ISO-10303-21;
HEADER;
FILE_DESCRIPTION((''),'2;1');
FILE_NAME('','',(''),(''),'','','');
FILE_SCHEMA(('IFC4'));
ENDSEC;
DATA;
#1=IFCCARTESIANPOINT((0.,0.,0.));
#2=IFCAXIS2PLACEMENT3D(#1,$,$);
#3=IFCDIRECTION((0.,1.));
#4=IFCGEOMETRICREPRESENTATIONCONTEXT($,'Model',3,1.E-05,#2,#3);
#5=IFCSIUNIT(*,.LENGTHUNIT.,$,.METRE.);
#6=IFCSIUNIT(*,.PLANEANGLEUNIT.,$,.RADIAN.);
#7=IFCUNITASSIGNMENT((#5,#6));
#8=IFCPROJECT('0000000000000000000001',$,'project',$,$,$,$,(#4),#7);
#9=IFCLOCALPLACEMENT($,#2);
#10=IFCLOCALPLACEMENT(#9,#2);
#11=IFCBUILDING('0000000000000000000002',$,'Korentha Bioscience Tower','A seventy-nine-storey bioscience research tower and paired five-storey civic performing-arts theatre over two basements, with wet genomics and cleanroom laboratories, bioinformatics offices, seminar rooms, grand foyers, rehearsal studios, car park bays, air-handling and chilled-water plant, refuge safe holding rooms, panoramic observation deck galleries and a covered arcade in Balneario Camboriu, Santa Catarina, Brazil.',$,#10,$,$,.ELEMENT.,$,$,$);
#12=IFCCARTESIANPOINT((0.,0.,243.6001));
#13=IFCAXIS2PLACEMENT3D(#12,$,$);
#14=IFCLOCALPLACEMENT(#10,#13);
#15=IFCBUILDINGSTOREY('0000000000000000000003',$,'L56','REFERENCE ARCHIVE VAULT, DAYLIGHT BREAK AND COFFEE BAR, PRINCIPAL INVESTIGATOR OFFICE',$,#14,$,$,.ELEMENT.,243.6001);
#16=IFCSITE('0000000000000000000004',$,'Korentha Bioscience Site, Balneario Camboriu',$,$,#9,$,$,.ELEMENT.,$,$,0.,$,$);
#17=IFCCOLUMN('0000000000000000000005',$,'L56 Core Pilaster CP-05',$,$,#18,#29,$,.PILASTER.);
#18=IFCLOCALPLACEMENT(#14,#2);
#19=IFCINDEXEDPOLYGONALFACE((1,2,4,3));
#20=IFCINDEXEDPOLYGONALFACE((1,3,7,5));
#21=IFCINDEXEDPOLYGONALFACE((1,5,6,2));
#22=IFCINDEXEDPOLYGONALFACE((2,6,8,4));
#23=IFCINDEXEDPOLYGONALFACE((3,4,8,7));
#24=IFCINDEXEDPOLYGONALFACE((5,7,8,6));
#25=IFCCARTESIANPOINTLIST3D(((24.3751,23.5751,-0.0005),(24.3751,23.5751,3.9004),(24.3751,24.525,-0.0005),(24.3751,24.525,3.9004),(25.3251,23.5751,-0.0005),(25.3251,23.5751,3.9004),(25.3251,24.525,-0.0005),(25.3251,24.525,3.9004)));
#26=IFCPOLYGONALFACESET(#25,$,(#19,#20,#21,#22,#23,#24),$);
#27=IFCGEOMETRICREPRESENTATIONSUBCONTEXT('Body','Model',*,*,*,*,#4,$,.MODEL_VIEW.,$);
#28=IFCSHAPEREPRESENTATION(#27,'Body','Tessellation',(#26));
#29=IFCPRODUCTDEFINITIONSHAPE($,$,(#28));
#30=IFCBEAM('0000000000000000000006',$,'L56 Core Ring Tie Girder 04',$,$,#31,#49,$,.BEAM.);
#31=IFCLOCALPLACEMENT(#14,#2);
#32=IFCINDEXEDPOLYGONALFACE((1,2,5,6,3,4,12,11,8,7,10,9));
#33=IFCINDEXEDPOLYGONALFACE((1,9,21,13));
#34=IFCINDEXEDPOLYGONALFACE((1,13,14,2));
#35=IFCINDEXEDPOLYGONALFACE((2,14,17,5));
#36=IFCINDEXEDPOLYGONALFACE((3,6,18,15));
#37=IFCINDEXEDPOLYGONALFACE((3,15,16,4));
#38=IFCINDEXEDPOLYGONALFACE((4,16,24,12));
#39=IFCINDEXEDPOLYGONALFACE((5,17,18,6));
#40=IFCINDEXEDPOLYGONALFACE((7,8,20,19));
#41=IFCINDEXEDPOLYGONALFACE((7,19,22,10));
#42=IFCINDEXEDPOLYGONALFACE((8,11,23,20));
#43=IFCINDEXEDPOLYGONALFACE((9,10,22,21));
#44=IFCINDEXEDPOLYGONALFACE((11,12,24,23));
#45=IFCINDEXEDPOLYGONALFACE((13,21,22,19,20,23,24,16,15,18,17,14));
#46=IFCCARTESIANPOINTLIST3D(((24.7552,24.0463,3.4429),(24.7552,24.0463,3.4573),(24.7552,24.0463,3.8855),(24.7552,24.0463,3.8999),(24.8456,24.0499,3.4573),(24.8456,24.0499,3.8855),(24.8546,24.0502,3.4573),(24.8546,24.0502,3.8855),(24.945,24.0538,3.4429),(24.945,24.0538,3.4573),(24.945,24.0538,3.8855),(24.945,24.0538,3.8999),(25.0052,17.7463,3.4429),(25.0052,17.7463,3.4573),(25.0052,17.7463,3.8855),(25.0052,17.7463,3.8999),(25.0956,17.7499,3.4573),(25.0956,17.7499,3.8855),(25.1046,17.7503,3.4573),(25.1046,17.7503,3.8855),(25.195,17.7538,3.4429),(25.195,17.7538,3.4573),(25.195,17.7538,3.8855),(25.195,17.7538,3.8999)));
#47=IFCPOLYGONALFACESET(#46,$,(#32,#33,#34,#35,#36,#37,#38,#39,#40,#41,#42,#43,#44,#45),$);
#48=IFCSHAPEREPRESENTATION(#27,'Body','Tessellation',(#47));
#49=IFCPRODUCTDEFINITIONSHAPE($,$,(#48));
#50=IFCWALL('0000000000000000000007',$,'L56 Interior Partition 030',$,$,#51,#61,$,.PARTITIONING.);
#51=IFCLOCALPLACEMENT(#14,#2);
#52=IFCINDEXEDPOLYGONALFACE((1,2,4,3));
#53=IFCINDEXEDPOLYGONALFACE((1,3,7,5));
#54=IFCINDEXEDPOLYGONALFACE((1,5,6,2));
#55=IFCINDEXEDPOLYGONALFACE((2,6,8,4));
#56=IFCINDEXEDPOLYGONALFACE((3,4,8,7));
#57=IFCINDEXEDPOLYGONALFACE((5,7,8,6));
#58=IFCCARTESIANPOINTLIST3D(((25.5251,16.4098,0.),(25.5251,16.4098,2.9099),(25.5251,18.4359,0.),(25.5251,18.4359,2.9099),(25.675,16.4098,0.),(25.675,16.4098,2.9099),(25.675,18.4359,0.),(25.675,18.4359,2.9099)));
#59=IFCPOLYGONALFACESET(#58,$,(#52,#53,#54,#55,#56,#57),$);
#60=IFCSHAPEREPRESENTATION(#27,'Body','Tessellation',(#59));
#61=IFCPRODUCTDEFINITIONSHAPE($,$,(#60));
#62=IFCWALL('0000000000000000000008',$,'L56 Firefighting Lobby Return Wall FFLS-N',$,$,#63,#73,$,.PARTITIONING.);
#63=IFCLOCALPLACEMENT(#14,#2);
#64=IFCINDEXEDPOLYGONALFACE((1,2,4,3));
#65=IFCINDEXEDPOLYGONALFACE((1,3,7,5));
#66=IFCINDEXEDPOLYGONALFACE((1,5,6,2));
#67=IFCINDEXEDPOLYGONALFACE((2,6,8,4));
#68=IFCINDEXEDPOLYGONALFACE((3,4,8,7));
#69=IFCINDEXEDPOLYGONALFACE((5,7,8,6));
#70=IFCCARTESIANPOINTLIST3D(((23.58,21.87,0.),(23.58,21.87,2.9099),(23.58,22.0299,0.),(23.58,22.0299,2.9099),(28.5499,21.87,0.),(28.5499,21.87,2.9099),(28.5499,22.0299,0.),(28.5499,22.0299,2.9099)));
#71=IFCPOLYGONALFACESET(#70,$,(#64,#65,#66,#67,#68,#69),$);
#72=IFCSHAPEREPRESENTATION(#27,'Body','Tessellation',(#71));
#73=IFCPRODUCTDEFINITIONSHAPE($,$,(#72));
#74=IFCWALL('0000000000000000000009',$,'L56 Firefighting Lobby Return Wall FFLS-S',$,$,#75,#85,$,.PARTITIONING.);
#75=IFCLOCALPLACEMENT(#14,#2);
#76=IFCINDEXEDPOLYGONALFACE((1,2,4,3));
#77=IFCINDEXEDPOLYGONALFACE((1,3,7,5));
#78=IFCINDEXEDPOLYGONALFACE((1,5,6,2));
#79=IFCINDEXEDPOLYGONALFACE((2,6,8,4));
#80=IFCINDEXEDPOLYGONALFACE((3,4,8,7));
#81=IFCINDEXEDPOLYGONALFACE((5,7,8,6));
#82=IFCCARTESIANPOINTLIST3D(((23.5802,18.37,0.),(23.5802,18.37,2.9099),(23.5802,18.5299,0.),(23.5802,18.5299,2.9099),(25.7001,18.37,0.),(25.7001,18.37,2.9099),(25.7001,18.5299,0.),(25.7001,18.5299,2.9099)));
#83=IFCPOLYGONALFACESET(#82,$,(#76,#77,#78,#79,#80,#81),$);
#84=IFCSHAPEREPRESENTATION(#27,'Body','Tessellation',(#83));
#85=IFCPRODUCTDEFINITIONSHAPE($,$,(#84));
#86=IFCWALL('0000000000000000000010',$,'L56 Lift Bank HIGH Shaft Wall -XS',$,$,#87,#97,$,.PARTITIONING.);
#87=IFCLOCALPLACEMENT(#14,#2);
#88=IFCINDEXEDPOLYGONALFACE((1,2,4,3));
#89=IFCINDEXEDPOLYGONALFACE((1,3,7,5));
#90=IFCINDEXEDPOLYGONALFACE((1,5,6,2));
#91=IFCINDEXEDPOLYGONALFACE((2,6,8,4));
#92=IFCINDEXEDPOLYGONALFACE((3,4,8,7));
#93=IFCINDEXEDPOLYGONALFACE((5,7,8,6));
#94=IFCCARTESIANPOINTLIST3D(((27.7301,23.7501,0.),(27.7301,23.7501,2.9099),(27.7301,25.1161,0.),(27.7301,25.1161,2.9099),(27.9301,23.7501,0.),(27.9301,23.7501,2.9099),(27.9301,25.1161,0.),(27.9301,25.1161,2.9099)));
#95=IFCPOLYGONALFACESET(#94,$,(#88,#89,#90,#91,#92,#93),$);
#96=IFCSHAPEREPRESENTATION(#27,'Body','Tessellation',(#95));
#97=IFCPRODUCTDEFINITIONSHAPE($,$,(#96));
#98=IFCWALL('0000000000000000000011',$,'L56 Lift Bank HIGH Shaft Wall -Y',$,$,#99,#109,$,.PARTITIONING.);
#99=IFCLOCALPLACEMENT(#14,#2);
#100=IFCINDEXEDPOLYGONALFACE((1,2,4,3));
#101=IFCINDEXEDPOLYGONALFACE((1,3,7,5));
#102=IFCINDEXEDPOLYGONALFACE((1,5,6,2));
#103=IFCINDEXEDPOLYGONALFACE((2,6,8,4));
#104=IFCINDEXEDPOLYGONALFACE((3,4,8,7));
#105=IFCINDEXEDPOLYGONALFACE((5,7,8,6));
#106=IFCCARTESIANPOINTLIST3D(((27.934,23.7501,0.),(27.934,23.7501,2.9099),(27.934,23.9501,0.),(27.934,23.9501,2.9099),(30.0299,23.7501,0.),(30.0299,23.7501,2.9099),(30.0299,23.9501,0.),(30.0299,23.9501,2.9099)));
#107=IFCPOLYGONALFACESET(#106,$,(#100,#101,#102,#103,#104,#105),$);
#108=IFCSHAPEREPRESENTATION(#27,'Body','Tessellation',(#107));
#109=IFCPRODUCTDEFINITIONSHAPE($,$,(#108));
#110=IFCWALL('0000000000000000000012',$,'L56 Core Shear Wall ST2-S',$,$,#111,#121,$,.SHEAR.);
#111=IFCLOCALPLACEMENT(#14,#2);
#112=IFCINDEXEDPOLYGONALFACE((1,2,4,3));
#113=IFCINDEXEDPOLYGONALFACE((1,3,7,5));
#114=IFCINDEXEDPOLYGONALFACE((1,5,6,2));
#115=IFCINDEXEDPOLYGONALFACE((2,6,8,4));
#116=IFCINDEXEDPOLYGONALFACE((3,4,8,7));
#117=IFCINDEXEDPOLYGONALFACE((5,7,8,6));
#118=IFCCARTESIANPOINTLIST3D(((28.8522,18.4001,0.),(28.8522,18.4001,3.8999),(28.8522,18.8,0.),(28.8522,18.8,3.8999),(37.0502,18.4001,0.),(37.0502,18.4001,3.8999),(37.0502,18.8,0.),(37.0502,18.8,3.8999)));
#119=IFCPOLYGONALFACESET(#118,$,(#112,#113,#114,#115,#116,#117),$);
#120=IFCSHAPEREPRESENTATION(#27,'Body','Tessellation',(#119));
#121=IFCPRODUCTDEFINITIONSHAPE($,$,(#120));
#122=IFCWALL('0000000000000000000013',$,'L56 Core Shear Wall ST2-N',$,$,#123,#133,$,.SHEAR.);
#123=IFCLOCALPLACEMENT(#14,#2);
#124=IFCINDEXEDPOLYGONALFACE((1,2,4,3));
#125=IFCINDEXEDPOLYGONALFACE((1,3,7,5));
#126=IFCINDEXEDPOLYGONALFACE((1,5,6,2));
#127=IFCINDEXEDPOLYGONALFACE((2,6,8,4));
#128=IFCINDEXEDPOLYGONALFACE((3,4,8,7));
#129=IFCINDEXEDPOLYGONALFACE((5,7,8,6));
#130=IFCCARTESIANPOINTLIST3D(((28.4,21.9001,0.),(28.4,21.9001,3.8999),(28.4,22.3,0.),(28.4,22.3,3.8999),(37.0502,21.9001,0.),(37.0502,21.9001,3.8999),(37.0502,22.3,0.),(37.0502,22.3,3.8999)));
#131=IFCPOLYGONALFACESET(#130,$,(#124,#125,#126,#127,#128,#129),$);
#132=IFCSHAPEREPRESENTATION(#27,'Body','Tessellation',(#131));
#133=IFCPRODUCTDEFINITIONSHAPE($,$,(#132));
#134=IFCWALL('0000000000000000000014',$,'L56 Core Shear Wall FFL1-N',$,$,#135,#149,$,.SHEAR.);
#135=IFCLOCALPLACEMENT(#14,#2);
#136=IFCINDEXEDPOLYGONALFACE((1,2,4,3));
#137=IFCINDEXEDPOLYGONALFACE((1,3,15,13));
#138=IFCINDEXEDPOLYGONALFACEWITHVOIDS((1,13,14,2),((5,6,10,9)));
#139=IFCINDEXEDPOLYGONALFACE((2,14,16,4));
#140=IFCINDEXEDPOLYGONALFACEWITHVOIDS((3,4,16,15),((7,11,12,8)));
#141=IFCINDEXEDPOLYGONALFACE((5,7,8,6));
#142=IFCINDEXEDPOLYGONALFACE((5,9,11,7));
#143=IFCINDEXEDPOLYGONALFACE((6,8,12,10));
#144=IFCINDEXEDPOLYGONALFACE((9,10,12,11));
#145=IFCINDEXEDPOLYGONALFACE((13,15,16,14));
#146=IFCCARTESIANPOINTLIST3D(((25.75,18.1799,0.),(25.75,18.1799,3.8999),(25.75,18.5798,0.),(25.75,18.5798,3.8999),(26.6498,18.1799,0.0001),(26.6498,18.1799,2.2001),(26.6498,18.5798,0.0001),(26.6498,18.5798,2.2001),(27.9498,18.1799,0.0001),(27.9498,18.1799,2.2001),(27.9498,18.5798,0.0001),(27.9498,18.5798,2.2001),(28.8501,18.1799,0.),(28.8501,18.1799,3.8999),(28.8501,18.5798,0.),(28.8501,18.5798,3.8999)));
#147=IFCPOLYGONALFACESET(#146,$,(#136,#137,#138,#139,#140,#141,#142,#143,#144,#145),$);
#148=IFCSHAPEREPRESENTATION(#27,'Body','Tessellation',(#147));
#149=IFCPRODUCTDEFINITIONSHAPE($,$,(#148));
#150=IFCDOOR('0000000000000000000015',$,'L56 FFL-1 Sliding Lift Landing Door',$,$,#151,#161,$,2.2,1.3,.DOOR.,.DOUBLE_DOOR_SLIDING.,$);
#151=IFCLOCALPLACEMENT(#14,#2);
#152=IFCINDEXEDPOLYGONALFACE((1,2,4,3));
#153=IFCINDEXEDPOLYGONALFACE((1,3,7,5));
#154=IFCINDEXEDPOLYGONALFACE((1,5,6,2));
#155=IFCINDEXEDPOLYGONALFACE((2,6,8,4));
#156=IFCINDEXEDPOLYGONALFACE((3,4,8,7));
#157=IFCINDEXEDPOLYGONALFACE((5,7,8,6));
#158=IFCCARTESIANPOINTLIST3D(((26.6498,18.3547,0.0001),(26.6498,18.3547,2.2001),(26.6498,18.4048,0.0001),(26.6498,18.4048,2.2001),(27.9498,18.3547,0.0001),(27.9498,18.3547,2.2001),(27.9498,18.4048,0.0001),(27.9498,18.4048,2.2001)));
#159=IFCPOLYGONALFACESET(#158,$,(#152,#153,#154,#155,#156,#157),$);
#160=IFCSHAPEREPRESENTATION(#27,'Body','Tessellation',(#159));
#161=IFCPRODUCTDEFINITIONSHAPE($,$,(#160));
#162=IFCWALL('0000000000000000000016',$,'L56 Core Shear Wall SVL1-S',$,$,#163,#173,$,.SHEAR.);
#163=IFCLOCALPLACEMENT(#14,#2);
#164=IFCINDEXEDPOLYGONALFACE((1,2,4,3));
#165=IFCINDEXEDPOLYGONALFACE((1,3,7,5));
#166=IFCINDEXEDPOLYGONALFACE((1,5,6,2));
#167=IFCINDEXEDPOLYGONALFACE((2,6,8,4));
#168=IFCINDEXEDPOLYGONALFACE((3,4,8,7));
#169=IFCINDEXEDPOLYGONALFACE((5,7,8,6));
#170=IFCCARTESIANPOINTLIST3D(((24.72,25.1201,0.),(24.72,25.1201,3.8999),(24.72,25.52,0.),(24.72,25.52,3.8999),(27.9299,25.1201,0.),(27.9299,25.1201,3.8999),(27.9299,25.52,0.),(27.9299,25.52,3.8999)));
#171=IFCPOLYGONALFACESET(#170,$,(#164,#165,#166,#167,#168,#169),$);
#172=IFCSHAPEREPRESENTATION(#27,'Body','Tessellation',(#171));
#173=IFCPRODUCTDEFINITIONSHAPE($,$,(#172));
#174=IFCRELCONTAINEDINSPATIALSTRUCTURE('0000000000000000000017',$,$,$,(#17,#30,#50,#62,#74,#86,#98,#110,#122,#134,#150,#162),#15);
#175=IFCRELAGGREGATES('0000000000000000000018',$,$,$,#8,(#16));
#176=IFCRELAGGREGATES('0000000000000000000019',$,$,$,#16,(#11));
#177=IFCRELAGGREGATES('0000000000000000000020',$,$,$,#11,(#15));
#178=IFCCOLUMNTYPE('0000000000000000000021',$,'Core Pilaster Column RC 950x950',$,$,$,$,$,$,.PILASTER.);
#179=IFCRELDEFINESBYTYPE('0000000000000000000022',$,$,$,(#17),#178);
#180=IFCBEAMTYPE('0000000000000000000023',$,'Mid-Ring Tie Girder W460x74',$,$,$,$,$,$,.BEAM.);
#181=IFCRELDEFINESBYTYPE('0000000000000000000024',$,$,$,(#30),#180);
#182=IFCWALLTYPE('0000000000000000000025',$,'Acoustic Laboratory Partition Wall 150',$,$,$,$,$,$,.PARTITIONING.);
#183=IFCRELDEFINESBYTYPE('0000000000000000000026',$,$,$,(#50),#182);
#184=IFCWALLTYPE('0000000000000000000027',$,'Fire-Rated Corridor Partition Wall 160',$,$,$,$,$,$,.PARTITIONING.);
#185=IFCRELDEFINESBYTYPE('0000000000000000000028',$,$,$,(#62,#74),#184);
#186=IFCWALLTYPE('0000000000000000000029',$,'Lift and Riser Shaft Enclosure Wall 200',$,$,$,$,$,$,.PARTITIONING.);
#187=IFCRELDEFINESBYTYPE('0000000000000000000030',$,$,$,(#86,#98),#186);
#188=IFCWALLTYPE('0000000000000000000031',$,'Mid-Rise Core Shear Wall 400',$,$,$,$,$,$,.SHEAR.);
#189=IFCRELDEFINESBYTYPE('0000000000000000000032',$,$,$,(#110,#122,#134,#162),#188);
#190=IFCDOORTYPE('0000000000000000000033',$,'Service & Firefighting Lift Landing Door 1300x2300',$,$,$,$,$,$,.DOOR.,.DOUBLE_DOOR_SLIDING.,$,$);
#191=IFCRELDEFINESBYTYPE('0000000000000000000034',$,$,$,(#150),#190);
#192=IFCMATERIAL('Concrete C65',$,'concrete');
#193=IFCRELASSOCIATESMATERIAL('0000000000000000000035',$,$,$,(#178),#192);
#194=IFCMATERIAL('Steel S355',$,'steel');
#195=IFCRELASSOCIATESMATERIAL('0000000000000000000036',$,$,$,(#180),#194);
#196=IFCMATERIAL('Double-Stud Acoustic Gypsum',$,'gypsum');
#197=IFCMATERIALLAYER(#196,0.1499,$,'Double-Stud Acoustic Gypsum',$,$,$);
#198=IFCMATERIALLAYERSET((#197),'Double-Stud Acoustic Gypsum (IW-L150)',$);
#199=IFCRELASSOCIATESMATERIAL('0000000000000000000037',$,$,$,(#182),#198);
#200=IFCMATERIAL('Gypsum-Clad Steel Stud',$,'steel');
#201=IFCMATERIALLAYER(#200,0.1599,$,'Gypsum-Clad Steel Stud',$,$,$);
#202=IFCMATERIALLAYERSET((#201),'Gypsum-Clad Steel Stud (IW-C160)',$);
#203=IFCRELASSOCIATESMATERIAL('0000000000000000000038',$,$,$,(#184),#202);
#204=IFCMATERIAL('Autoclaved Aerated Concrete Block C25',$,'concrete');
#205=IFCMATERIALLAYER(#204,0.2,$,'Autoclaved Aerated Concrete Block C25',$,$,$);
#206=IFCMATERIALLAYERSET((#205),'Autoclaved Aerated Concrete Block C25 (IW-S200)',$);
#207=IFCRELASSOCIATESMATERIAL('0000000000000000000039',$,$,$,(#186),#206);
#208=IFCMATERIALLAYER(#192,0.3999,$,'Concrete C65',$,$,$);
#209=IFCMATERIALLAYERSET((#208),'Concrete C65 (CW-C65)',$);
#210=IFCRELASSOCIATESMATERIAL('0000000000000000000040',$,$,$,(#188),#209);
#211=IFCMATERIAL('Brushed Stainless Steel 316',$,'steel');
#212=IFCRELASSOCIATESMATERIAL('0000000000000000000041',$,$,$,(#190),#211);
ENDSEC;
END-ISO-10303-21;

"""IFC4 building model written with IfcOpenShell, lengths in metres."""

from ifc_helpers import new_model, si_unit, direction, frame, frame_2d, origin, origin_2d, place, context, subcontext, project, spatial, rectangle, i_section, extrude, material, layer, layer_set, material_profile, profile_set, type_object, element, fill, save


model = new_model("IFC4")

# Units and contexts
model_context = context("Model", 3, precision=1e-05, world=origin(), true_north=direction((0.0, 1.0)))
body_context = subcontext(model_context, "Body", "Model", "MODEL_VIEW")
ifc_project = project(units=[si_unit("LENGTHUNIT", "METRE"), si_unit("PLANEANGLEUNIT", "RADIAN")], contexts=[model_context])

# Site, building, storey
site_placement = place(None, origin())
site = spatial("IfcSite", under=ifc_project, at=site_placement, Name="Korentha Bioscience Site, Balneario Camboriu", CompositionType="ELEMENT", RefElevation=0.0)
building_placement = place(site_placement, origin())
building = spatial("IfcBuilding", under=site, at=building_placement, Name="Korentha Bioscience Tower", Description="A seventy-nine-storey bioscience research tower and paired five-storey civic performing-arts theatre over two basements, with wet genomics and cleanroom laboratories, bioinformatics offices, seminar rooms, grand foyers, rehearsal studios, car park bays, air-handling and chilled-water plant, refuge safe holding rooms, panoramic observation deck galleries and a covered arcade in Balneario Camboriu, Santa Catarina, Brazil.", CompositionType="ELEMENT")
storey_placement = place(building_placement, frame((0.0, 0.0, 243.6001)))
storey = spatial("IfcBuildingStorey", under=building, at=storey_placement, Name="L56", Description="REFERENCE ARCHIVE VAULT, DAYLIGHT BREAK AND COFFEE BAR, PRINCIPAL INVESTIGATOR OFFICE", CompositionType="ELEMENT", Elevation=243.6001)

# Column
ifc_material_1 = material(Name="Concrete C65", Category="concrete")
ifc_material_profile_1 = material_profile(ifc_material_1, rectangle(XDim=0.95, YDim=0.95, at=origin_2d()), Name="Concrete C65")
ifc_profile_set_1 = profile_set([ifc_material_profile_1], Name="Concrete C65 (COL-CP09)")
column_type = type_object("IfcColumnType", Name="Core Pilaster Column RC 950x950", PredefinedType="PILASTER", material=ifc_profile_set_1)
column_placement = place(storey_placement, frame((24.8501, 24.05, -0.0005), z_axis=(0.0, 0.0, 1.0), x_axis=(1.0, 0.0, 0.0)))
element("IfcColumn", 1, at=column_placement, inside=storey, type_object=column_type, Name="L56 Core Pilaster CP-05", PredefinedType="PILASTER", context=body_context, shape_type="SweptSolid", body=[
    extrude(rectangle(XDim=0.95, YDim=0.95, at=origin_2d()), origin(), (0.0, 0.0, 1.0), 3.9009),
])

# Beam
ifc_material_2 = material(Name="Steel S355", Category="steel")
ifc_material_profile_2 = material_profile(ifc_material_2, i_section(OverallWidth=0.1899, OverallDepth=0.457, WebThickness=0.009, FlangeThickness=0.0144, at=origin_2d()), Name="Steel S355")
ifc_profile_set_2 = profile_set([ifc_material_profile_2], Name="Steel S355 (MB-460)")
beam_type = type_object("IfcBeamType", Name="Mid-Ring Tie Girder W460x74", PredefinedType="BEAM", material=ifc_profile_set_2)
beam_placement = place(storey_placement, frame((24.8501, 24.05, 3.6714), z_axis=(0.039651, -0.999214, 0.0), x_axis=(0.999214, 0.039651, 0.0)))
element("IfcBeam", 2, at=beam_placement, inside=storey, type_object=beam_type, Name="L56 Core Ring Tie Girder 04", PredefinedType="BEAM", context=body_context, shape_type="SweptSolid", body=[
    extrude(i_section(OverallWidth=0.1899, OverallDepth=0.457, WebThickness=0.009, FlangeThickness=0.0144, at=origin_2d()), origin(), (0.0, 0.0, 1.0), 6.3049),
])

# Walls
ifc_material_3 = material(Name="Double-Stud Acoustic Gypsum", Category="gypsum")
ifc_layer_1 = layer(ifc_material_3, 0.1499, Name="Double-Stud Acoustic Gypsum")
ifc_layer_set_1 = layer_set([ifc_layer_1], Name="Double-Stud Acoustic Gypsum (IW-L150)")
wall_type_1 = type_object("IfcWallType", Name="Acoustic Laboratory Partition Wall 150", PredefinedType="PARTITIONING", material=ifc_layer_set_1)
wall_1_placement = place(storey_placement, frame((25.6001, 18.436, 0.0), z_axis=(0.0, 0.0, 1.0), x_axis=(0.0, -1.0, 0.0)))
element("IfcWall", 3, at=wall_1_placement, inside=storey, type_object=wall_type_1, Name="L56 Interior Partition 030", PredefinedType="PARTITIONING", context=body_context, shape_type="SweptSolid", body=[
    extrude(rectangle(XDim=2.0261, YDim=0.1499, at=frame_2d((1.0132, 0.0))), origin(), (0.0, 0.0, 1.0), 2.9099),
])
ifc_material_4 = material(Name="Gypsum-Clad Steel Stud", Category="steel")
ifc_layer_2 = layer(ifc_material_4, 0.1599, Name="Gypsum-Clad Steel Stud")
ifc_layer_set_2 = layer_set([ifc_layer_2], Name="Gypsum-Clad Steel Stud (IW-C160)")
wall_type_2 = type_object("IfcWallType", Name="Fire-Rated Corridor Partition Wall 160", PredefinedType="PARTITIONING", material=ifc_layer_set_2)
wall_2_placement = place(storey_placement, frame((23.5801, 21.95, 0.0), z_axis=(0.0, 0.0, 1.0), x_axis=(1.0, 0.0, 0.0)))
element("IfcWall", 4, at=wall_2_placement, inside=storey, type_object=wall_type_2, Name="L56 Firefighting Lobby Return Wall FFLS-N", PredefinedType="PARTITIONING", context=body_context, shape_type="SweptSolid", body=[
    extrude(rectangle(XDim=4.97, YDim=0.1599, at=frame_2d((2.4849, 0.0))), origin(), (0.0, 0.0, 1.0), 2.9099),
])
wall_3_placement = place(storey_placement, frame((23.5801, 18.45, 0.0), z_axis=(0.0, 0.0, 1.0), x_axis=(1.0, 0.0, 0.0)))
element("IfcWall", 5, at=wall_3_placement, inside=storey, type_object=wall_type_2, Name="L56 Firefighting Lobby Return Wall FFLS-S", PredefinedType="PARTITIONING", context=body_context, shape_type="SweptSolid", body=[
    extrude(rectangle(XDim=2.1199, YDim=0.1599, at=frame_2d((1.0601, 0.0))), origin(), (0.0, 0.0, 1.0), 2.9099),
])
ifc_material_5 = material(Name="Autoclaved Aerated Concrete Block C25", Category="concrete")
ifc_layer_3 = layer(ifc_material_5, 0.2, Name="Autoclaved Aerated Concrete Block C25")
ifc_layer_set_3 = layer_set([ifc_layer_3], Name="Autoclaved Aerated Concrete Block C25 (IW-S200)")
wall_type_3 = type_object("IfcWallType", Name="Lift and Riser Shaft Enclosure Wall 200", PredefinedType="PARTITIONING", material=ifc_layer_set_3)
wall_4_placement = place(storey_placement, frame((27.8301, 23.75, 0.0), z_axis=(0.0, 0.0, 1.0), x_axis=(0.0, 1.0, 0.0)))
element("IfcWall", 6, at=wall_4_placement, inside=storey, type_object=wall_type_3, Name="L56 Lift Bank HIGH Shaft Wall -XS", PredefinedType="PARTITIONING", context=body_context, shape_type="SweptSolid", body=[
    extrude(rectangle(XDim=1.366, YDim=0.2, at=frame_2d((0.6831, 0.0))), origin(), (0.0, 0.0, 1.0), 2.9099),
])
wall_5_placement = place(storey_placement, frame((27.9341, 23.8501, 0.0), z_axis=(0.0, 0.0, 1.0), x_axis=(1.0, 0.0, 0.0)))
element("IfcWall", 7, at=wall_5_placement, inside=storey, type_object=wall_type_3, Name="L56 Lift Bank HIGH Shaft Wall -Y", PredefinedType="PARTITIONING", context=body_context, shape_type="SweptSolid", body=[
    extrude(rectangle(XDim=2.0959, YDim=0.2, at=frame_2d((1.0479, 0.0))), origin(), (0.0, 0.0, 1.0), 2.9099),
])
ifc_layer_4 = layer(ifc_material_1, 0.3999, Name="Concrete C65")
ifc_layer_set_4 = layer_set([ifc_layer_4], Name="Concrete C65 (CW-C65)")
wall_type_4 = type_object("IfcWallType", Name="Mid-Rise Core Shear Wall 400", PredefinedType="SHEAR", material=ifc_layer_set_4)
wall_6_placement = place(storey_placement, frame((28.8521, 18.6001, 0.0), z_axis=(0.0, 0.0, 1.0), x_axis=(1.0, 0.0, 0.0)))
element("IfcWall", 8, at=wall_6_placement, inside=storey, type_object=wall_type_4, Name="L56 Core Shear Wall ST2-S", PredefinedType="SHEAR", context=body_context, shape_type="SweptSolid", body=[
    extrude(rectangle(XDim=8.198, YDim=0.3999, at=frame_2d((4.0991, 0.0))), origin(), (0.0, 0.0, 1.0), 3.8999),
])
wall_7_placement = place(storey_placement, frame((28.3999, 22.1001, 0.0), z_axis=(0.0, 0.0, 1.0), x_axis=(1.0, 0.0, 0.0)))
element("IfcWall", 9, at=wall_7_placement, inside=storey, type_object=wall_type_4, Name="L56 Core Shear Wall ST2-N", PredefinedType="SHEAR", context=body_context, shape_type="SweptSolid", body=[
    extrude(rectangle(XDim=8.6501, YDim=0.3999, at=frame_2d((4.3252, 0.0))), origin(), (0.0, 0.0, 1.0), 3.8999),
])

# Wall, opening, door
wall_8_placement = place(storey_placement, frame((25.75, 18.3799, 0.0), z_axis=(0.0, 0.0, 1.0), x_axis=(1.0, 0.0, 0.0)))
wall_8 = element("IfcWall", 10, at=wall_8_placement, inside=storey, type_object=wall_type_4, Name="L56 Core Shear Wall FFL1-N", PredefinedType="SHEAR", context=body_context, shape_type="SweptSolid", body=[
    extrude(rectangle(XDim=3.1001, YDim=0.3999, at=frame_2d((1.55, 0.0))), origin(), (0.0, 0.0, 1.0), 3.8999),
])
opening_1_placement = place(wall_8_placement, frame((0.8999, 0.0, 0.0)))
opening_1 = element("IfcOpeningElement", 11, at=opening_1_placement, cuts=wall_8, PredefinedType="OPENING", context=body_context, shape_type="SweptSolid", body=[
    extrude(rectangle(XDim=1.3, YDim=2.2, at=frame_2d((0.6499, 1.1001))), frame((0.0, 0.2148, 0.0), z_axis=(0.0, -1.0, 0.0), x_axis=(1.0, 0.0, 0.0)), (0.0, 0.0, 1.0), 0.4297),
])
ifc_material_6 = material(Name="Brushed Stainless Steel 316", Category="steel")
door_type_1 = type_object("IfcDoorType", Name="Service & Firefighting Lift Landing Door 1300x2300", OperationType="DOUBLE_DOOR_SLIDING", PredefinedType="DOOR", material=ifc_material_6)
door_1_placement = place(opening_1_placement, origin())
door_1 = element("IfcDoor", 12, at=door_1_placement, inside=storey, type_object=door_type_1, Name="L56 FFL-1 Sliding Lift Landing Door", OperationType="DOUBLE_DOOR_SLIDING", OverallHeight=2.2, OverallWidth=1.3, PredefinedType="DOOR", context=body_context, shape_type="SweptSolid", body=[
    extrude(rectangle(XDim=1.3, YDim=2.2, at=frame_2d((0.6499, 1.1001))), frame((0.0, 0.0249, 0.0), z_axis=(0.0, -1.0, 0.0), x_axis=(1.0, 0.0, 0.0)), (0.0, 0.0, 1.0), 0.05),
])
fill(opening_1, door_1)

# Wall
wall_9_placement = place(storey_placement, frame((24.72, 25.3201, 0.0), z_axis=(0.0, 0.0, 1.0), x_axis=(1.0, 0.0, 0.0)))
element("IfcWall", 13, at=wall_9_placement, inside=storey, type_object=wall_type_4, Name="L56 Core Shear Wall SVL1-S", PredefinedType="SHEAR", context=body_context, shape_type="SweptSolid", body=[
    extrude(rectangle(XDim=3.21, YDim=0.3999, at=frame_2d((1.605, 0.0))), origin(), (0.0, 0.0, 1.0), 3.8999),
])

save(model, "model.ifc")
